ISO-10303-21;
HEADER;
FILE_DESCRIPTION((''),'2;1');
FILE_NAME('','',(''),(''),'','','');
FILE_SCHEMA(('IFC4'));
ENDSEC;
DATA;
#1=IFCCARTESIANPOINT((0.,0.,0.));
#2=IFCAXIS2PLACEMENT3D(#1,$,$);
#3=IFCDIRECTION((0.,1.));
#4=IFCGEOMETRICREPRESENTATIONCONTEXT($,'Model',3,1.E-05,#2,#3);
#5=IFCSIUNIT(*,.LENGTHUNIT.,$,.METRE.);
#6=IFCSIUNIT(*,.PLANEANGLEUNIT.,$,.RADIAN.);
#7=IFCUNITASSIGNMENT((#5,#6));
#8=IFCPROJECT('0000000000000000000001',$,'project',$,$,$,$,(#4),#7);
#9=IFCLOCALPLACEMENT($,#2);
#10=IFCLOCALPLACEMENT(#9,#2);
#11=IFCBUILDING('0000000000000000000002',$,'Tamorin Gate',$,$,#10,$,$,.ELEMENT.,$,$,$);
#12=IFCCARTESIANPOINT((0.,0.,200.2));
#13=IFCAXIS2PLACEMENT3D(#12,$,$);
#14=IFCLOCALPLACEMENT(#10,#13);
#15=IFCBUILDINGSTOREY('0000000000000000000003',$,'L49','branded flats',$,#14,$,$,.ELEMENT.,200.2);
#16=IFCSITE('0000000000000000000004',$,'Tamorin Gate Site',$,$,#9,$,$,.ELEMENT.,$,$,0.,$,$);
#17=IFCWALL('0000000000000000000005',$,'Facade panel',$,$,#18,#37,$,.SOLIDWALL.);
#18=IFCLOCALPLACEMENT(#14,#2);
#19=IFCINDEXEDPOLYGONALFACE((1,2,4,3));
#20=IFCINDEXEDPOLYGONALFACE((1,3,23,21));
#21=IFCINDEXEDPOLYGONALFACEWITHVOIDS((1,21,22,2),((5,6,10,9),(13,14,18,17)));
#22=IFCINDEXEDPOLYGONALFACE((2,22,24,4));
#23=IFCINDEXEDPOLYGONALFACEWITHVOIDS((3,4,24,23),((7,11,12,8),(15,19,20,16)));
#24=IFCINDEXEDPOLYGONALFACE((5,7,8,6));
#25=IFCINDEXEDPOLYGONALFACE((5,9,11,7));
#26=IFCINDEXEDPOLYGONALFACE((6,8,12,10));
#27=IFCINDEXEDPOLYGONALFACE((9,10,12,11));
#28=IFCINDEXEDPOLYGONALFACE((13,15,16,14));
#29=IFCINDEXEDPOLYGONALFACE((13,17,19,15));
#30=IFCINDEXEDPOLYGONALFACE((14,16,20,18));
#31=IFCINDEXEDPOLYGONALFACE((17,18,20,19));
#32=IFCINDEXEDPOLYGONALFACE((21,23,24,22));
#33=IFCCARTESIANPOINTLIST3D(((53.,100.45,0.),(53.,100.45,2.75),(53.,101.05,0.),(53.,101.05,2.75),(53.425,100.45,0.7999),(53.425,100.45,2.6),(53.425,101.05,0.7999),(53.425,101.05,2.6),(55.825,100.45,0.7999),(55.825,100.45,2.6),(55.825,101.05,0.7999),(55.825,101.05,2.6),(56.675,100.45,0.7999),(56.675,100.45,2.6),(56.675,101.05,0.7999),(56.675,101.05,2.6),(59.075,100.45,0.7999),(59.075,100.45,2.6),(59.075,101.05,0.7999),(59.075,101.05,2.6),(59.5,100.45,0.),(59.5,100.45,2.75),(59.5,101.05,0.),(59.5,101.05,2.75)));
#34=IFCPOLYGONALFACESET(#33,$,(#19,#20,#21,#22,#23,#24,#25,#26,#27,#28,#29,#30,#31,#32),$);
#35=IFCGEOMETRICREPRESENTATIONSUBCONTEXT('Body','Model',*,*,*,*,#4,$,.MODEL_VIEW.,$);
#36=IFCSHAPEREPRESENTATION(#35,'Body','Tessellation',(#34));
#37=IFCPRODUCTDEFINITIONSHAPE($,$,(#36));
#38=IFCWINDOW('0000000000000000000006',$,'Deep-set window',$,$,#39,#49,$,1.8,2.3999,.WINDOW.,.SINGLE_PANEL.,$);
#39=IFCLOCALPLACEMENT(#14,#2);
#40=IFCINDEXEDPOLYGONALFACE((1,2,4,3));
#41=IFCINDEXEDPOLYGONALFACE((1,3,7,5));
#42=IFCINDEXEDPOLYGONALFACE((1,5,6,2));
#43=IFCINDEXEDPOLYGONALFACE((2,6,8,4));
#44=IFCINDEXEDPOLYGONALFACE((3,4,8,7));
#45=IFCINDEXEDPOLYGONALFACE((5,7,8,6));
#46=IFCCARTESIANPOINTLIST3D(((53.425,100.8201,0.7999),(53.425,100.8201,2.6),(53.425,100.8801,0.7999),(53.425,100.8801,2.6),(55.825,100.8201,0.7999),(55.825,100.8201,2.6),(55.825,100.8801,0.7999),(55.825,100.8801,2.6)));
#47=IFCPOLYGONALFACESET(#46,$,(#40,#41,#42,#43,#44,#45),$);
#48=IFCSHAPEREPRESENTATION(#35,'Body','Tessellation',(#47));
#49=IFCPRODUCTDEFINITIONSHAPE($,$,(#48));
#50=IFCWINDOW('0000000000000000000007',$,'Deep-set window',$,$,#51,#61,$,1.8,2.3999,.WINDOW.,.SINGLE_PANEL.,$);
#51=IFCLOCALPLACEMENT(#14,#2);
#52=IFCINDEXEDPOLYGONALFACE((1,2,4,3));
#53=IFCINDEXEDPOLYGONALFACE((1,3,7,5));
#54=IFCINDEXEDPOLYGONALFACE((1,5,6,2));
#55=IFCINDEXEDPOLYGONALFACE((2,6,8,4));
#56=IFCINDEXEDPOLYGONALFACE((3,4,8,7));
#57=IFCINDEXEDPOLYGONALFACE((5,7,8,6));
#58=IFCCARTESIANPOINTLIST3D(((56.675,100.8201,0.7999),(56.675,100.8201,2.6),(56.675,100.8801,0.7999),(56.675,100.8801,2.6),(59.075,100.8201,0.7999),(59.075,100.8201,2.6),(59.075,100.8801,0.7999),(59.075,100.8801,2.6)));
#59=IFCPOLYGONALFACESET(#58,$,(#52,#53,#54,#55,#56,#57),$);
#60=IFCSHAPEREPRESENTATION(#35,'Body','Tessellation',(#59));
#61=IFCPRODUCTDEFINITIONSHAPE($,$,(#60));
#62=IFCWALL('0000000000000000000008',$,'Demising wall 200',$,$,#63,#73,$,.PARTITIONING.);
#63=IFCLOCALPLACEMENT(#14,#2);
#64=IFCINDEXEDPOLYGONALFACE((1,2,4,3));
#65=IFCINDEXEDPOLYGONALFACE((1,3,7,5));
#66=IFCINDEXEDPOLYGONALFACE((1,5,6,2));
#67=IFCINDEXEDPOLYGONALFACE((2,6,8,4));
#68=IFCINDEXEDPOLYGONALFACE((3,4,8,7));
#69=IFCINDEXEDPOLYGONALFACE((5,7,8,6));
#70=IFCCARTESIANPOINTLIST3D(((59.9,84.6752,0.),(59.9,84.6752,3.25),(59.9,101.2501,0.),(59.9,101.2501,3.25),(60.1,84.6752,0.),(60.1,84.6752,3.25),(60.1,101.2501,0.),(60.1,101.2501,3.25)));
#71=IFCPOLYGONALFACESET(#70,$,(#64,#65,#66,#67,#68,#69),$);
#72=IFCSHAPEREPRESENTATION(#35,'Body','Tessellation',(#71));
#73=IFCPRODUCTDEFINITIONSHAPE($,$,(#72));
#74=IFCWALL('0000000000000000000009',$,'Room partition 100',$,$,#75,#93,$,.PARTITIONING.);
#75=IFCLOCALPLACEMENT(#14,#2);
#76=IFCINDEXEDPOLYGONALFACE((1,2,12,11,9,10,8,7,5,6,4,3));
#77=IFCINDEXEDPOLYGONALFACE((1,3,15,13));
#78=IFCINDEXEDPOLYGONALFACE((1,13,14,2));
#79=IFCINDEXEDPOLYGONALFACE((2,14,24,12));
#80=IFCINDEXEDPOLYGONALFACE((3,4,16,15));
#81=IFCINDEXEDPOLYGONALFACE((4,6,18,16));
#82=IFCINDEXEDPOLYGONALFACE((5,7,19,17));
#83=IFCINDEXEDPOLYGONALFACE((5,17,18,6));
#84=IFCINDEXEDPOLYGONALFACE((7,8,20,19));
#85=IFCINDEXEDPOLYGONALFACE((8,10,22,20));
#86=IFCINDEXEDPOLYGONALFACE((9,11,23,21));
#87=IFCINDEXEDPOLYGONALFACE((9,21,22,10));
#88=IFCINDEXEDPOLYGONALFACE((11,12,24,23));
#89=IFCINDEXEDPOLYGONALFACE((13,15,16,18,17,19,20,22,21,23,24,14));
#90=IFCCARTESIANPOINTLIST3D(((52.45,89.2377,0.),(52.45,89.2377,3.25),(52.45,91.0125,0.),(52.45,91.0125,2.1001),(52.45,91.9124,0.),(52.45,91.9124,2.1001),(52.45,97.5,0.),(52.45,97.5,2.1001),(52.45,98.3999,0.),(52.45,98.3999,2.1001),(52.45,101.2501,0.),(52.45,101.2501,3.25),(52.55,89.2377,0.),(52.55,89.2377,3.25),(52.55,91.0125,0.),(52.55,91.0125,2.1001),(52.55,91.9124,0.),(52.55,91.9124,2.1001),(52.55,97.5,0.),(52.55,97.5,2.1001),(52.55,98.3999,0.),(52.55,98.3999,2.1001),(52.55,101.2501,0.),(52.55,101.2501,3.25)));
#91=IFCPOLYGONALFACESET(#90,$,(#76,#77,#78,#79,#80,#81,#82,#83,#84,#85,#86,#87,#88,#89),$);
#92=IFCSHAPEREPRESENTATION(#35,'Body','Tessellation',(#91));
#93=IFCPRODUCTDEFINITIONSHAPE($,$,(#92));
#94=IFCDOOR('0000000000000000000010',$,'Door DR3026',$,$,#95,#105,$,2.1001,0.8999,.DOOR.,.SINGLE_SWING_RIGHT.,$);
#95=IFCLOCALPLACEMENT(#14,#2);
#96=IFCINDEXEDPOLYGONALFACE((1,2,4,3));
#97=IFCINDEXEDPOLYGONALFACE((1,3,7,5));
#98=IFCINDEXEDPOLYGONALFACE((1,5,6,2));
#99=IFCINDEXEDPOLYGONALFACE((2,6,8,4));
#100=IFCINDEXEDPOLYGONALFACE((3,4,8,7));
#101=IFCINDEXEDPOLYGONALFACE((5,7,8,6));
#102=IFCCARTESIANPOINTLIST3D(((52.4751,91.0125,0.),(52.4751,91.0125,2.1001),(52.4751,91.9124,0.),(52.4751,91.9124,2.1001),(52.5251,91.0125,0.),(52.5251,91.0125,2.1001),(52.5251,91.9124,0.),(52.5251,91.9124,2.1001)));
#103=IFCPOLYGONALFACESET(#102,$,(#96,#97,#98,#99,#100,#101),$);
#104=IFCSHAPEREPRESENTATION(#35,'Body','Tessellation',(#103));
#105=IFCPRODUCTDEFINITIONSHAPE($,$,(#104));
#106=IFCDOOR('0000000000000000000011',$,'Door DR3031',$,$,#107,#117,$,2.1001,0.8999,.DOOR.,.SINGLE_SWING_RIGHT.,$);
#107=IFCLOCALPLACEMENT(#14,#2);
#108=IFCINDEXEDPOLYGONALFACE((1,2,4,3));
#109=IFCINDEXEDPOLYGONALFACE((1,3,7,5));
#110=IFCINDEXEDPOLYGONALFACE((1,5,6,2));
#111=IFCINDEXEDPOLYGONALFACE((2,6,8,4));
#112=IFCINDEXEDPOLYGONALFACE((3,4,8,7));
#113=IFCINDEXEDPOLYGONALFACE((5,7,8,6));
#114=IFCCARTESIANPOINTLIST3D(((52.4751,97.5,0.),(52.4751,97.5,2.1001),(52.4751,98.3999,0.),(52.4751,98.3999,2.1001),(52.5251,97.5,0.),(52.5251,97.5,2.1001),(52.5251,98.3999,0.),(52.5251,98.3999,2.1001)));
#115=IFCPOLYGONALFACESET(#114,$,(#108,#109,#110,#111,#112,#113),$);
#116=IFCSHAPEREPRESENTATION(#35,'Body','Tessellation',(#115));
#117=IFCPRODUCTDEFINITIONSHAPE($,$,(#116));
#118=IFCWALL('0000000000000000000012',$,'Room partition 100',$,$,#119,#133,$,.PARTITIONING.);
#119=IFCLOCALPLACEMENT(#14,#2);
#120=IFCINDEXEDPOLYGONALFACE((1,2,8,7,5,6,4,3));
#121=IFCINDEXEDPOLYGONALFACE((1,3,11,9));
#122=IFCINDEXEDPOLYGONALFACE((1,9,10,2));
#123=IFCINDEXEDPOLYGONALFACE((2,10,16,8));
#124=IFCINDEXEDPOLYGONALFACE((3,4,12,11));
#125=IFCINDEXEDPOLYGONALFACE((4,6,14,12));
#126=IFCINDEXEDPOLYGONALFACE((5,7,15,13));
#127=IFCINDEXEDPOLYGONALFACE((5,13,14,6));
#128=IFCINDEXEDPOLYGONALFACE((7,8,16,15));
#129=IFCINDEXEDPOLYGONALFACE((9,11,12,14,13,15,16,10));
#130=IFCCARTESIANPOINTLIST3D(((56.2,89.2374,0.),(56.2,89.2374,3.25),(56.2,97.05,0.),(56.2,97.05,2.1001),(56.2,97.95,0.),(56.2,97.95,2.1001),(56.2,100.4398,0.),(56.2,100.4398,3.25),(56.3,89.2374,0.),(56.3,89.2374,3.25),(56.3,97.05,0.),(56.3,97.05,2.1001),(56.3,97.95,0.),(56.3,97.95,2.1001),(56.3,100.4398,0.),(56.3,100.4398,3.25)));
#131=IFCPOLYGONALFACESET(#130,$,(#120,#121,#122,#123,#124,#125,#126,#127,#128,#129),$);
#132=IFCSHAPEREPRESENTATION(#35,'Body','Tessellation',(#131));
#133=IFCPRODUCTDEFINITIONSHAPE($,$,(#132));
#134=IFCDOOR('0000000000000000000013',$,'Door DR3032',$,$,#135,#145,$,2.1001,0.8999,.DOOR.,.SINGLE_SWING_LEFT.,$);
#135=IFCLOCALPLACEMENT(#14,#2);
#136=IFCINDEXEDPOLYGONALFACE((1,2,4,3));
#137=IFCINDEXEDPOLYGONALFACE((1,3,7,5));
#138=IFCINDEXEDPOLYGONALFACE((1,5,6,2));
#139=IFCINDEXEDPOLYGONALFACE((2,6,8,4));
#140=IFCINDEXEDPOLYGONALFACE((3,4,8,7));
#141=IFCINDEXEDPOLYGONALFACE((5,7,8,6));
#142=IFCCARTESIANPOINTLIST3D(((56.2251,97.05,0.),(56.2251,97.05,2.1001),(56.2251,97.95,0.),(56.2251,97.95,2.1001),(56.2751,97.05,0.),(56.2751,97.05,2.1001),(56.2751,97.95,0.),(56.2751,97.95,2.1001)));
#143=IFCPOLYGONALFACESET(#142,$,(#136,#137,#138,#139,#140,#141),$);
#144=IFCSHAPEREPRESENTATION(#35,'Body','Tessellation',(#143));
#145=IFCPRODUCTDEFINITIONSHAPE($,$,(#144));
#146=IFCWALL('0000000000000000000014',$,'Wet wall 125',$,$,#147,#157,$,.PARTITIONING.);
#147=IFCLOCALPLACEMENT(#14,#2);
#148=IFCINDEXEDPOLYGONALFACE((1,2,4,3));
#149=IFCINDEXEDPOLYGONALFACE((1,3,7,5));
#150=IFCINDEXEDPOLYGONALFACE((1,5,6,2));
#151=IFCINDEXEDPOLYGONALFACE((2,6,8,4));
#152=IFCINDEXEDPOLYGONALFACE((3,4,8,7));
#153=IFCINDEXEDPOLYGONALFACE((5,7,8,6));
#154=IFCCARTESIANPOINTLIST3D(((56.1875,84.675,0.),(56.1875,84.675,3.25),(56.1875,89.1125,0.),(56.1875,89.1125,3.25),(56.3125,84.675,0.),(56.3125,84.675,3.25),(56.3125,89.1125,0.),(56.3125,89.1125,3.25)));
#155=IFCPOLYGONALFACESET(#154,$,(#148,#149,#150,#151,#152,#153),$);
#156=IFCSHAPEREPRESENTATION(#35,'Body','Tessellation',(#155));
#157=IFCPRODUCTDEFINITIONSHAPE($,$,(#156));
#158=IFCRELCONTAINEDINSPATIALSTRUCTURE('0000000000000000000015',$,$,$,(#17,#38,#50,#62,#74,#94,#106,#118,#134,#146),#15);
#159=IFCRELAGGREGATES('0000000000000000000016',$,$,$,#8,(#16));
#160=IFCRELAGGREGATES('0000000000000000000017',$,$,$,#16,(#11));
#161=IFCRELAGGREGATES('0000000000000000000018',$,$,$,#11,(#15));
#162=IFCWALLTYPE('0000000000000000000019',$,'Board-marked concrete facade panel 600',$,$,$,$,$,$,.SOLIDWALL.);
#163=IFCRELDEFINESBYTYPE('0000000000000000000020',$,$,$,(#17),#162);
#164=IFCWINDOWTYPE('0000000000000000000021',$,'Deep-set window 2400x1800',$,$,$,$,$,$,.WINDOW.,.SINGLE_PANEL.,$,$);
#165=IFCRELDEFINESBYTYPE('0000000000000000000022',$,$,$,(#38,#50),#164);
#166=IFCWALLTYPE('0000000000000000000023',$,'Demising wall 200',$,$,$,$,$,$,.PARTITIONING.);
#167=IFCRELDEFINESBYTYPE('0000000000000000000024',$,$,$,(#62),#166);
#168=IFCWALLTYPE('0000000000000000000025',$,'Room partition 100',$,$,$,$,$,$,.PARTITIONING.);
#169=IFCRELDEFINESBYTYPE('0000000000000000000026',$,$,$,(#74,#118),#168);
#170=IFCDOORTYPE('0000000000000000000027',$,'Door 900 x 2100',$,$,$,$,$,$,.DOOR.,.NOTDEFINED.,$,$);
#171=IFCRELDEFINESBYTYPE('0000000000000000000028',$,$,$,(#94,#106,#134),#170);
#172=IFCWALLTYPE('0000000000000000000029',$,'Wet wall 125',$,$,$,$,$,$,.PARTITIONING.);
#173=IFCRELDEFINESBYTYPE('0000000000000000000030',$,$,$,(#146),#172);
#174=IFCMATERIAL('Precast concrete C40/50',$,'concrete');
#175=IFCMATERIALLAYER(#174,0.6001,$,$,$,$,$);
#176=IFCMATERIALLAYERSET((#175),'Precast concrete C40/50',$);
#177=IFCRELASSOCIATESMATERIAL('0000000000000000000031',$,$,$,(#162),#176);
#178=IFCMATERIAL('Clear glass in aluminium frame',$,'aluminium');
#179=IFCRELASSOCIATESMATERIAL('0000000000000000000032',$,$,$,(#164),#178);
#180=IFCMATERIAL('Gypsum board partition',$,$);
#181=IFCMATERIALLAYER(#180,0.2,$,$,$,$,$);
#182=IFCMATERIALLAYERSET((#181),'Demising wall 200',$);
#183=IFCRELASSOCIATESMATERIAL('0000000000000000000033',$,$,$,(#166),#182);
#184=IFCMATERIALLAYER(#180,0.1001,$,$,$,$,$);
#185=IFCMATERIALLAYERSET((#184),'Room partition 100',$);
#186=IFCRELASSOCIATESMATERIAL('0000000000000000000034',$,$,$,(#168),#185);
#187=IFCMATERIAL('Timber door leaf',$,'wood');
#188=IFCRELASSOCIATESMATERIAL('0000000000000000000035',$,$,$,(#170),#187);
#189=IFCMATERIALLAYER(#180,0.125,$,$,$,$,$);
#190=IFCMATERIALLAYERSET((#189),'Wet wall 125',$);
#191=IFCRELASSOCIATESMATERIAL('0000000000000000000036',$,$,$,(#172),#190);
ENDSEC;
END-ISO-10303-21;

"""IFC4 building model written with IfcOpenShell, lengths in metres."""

from ifc_helpers import new_model, si_unit, direction, frame, frame_2d, origin, place, context, subcontext, project, spatial, rectangle, extrude, material, layer, layer_set, type_object, element, fill, save


model = new_model("IFC4")

# Units and contexts
model_context = context("Model", 3, precision=1e-05, world=origin(), true_north=direction((0.0, 1.0)))
body_context = subcontext(model_context, "Body", "Model", "MODEL_VIEW")
ifc_project = project(units=[si_unit("LENGTHUNIT", "METRE"), si_unit("PLANEANGLEUNIT", "RADIAN")], contexts=[model_context])

# Site, building, storey
site_placement = place(None, origin())
site = spatial("IfcSite", under=ifc_project, at=site_placement, Name="Tamorin Gate Site", CompositionType="ELEMENT", RefElevation=0.0)
building_placement = place(site_placement, origin())
building = spatial("IfcBuilding", under=site, at=building_placement, Name="Tamorin Gate", CompositionType="ELEMENT")
storey_placement = place(building_placement, frame((0.0, 0.0, 200.2)))
storey = spatial("IfcBuildingStorey", under=building, at=storey_placement, Name="L49", Description="branded flats", CompositionType="ELEMENT", Elevation=200.2)

# Wall, openings, windows
ifc_material_1 = material(Name="Precast concrete C40/50", Category="concrete")
ifc_layer_1 = layer(ifc_material_1, 0.6001)
ifc_layer_set_1 = layer_set([ifc_layer_1], Name="Precast concrete C40/50")
wall_type_1 = type_object("IfcWallType", Name="Board-marked concrete facade panel 600", PredefinedType="SOLIDWALL", material=ifc_layer_set_1)
ifc_material_2 = material(Name="Clear glass in aluminium frame", Category="aluminium")
window_type = type_object("IfcWindowType", Name="Deep-set window 2400x1800", PartitioningType="SINGLE_PANEL", PredefinedType="WINDOW", material=ifc_material_2)
wall_1_placement = place(storey_placement, frame((59.5, 100.75, 0.0), z_axis=(0.0, 0.0, 1.0), x_axis=(-1.0, 0.0, 0.0)))
wall_1 = element("IfcWall", 1, at=wall_1_placement, inside=storey, type_object=wall_type_1, Name="Facade panel", PredefinedType="SOLIDWALL", context=body_context, shape_type="SweptSolid", body=[
    extrude(rectangle(XDim=6.5, YDim=0.6001, at=frame_2d((3.25, 0.0))), origin(), (0.0, 0.0, 1.0), 2.75),
])
opening_1_placement = place(wall_1_placement, frame((3.675, 0.0, 0.8)))
opening_1 = element("IfcOpeningElement", 2, at=opening_1_placement, cuts=wall_1, PredefinedType="OPENING", context=body_context, shape_type="SweptSolid", body=[
    extrude(rectangle(XDim=2.3999, YDim=1.8, at=frame_2d((1.2, 0.8999))), frame((0.0, 0.3101, 0.0), z_axis=(0.0, -1.0, 0.0), x_axis=(1.0, 0.0, 0.0)), (0.0, 0.0, 1.0), 0.6201),
])
opening_2_placement = place(wall_1_placement, frame((0.425, 0.0, 0.8)))
opening_2 = element("IfcOpeningElement", 3, at=opening_2_placement, cuts=wall_1, PredefinedType="OPENING", context=body_context, shape_type="SweptSolid", body=[
    extrude(rectangle(XDim=2.3999, YDim=1.8, at=frame_2d((1.2, 0.8999))), frame((0.0, 0.3101, 0.0), z_axis=(0.0, -1.0, 0.0), x_axis=(1.0, 0.0, 0.0)), (0.0, 0.0, 1.0), 0.6201),
])
window_1_placement = place(opening_1_placement, origin())
window_1 = element("IfcWindow", 4, at=window_1_placement, inside=storey, type_object=window_type, Name="Deep-set window", OverallHeight=1.8, OverallWidth=2.3999, PartitioningType="SINGLE_PANEL", PredefinedType="WINDOW", context=body_context, shape_type="SweptSolid", body=[
    extrude(rectangle(XDim=2.3999, YDim=1.8, at=frame_2d((1.2, 0.8999))), frame((0.0, -0.0701, 0.0), z_axis=(0.0, -1.0, 0.0), x_axis=(1.0, 0.0, 0.0)), (0.0, 0.0, 1.0), 0.0601),
])
fill(opening_1, window_1)
window_2_placement = place(opening_2_placement, origin())
window_2 = element("IfcWindow", 5, at=window_2_placement, inside=storey, type_object=window_type, Name="Deep-set window", OverallHeight=1.8, OverallWidth=2.3999, PartitioningType="SINGLE_PANEL", PredefinedType="WINDOW", context=body_context, shape_type="SweptSolid", body=[
    extrude(rectangle(XDim=2.3999, YDim=1.8, at=frame_2d((1.2, 0.8999))), frame((0.0, -0.0701, 0.0), z_axis=(0.0, -1.0, 0.0), x_axis=(1.0, 0.0, 0.0)), (0.0, 0.0, 1.0), 0.0601),
])
fill(opening_2, window_2)

# Wall
ifc_material_3 = material(Name="Gypsum board partition")
ifc_layer_2 = layer(ifc_material_3, 0.2)
ifc_layer_set_2 = layer_set([ifc_layer_2], Name="Demising wall 200")
wall_type_2 = type_object("IfcWallType", Name="Demising wall 200", PredefinedType="PARTITIONING", material=ifc_layer_set_2)
wall_2_placement = place(storey_placement, frame((60.0, 84.675, 0.0), z_axis=(0.0, 0.0, 1.0), x_axis=(0.0, 1.0, 0.0)))
element("IfcWall", 6, at=wall_2_placement, inside=storey, type_object=wall_type_2, Name="Demising wall 200", PredefinedType="PARTITIONING", context=body_context, shape_type="SweptSolid", body=[
    extrude(rectangle(XDim=16.575, YDim=0.2, at=frame_2d((8.2876, 0.0))), origin(), (0.0, 0.0, 1.0), 3.25),
])

# Wall, openings, doors
ifc_layer_3 = layer(ifc_material_3, 0.1001)
ifc_layer_set_3 = layer_set([ifc_layer_3], Name="Room partition 100")
wall_type_3 = type_object("IfcWallType", Name="Room partition 100", PredefinedType="PARTITIONING", material=ifc_layer_set_3)
wall_3_placement = place(storey_placement, frame((52.5, 89.2375, 0.0), z_axis=(0.0, 0.0, 1.0), x_axis=(0.0, 1.0, 0.0)))
wall_3 = element("IfcWall", 7, at=wall_3_placement, inside=storey, type_object=wall_type_3, Name="Room partition 100", PredefinedType="PARTITIONING", context=body_context, shape_type="SweptSolid", body=[
    extrude(rectangle(XDim=12.0125, YDim=0.1001, at=frame_2d((6.0063, 0.0))), origin(), (0.0, 0.0, 1.0), 3.25),
])
opening_3_placement = place(wall_3_placement, frame((1.7749, 0.0, 0.0)))
opening_3 = element("IfcOpeningElement", 8, at=opening_3_placement, cuts=wall_3, PredefinedType="OPENING", context=body_context, shape_type="SweptSolid", body=[
    extrude(rectangle(XDim=0.8999, YDim=2.1001, at=frame_2d((0.45, 1.05))), frame((0.0, 0.0601, 0.0), z_axis=(0.0, -1.0, 0.0), x_axis=(1.0, 0.0, 0.0)), (0.0, 0.0, 1.0), 0.1201),
])
opening_4_placement = place(wall_3_placement, frame((8.2625, 0.0, 0.0)))
opening_4 = element("IfcOpeningElement", 9, at=opening_4_placement, cuts=wall_3, PredefinedType="OPENING", context=body_context, shape_type="SweptSolid", body=[
    extrude(rectangle(XDim=0.8999, YDim=2.1001, at=frame_2d((0.45, 1.05))), frame((0.0, 0.0601, 0.0), z_axis=(0.0, -1.0, 0.0), x_axis=(1.0, 0.0, 0.0)), (0.0, 0.0, 1.0), 0.1201),
])
ifc_material_4 = material(Name="Timber door leaf", Category="wood")
door_type = type_object("IfcDoorType", Name="Door 900 x 2100", OperationType="NOTDEFINED", PredefinedType="DOOR", material=ifc_material_4)
door_1_placement = place(opening_3_placement, origin())
door_1 = element("IfcDoor", 10, at=door_1_placement, inside=storey, type_object=door_type, Name="Door DR3026", OperationType="SINGLE_SWING_RIGHT", OverallHeight=2.1001, OverallWidth=0.8999, PredefinedType="DOOR", context=body_context, shape_type="SweptSolid", body=[
    extrude(rectangle(XDim=0.8999, YDim=2.1001, at=frame_2d((0.45, 1.05))), frame((0.0, 0.0249, 0.0), z_axis=(0.0, -1.0, 0.0), x_axis=(1.0, 0.0, 0.0)), (0.0, 0.0, 1.0), 0.05),
])
fill(opening_3, door_1)
door_2_placement = place(opening_4_placement, origin())
door_2 = element("IfcDoor", 11, at=door_2_placement, inside=storey, type_object=door_type, Name="Door DR3031", OperationType="SINGLE_SWING_RIGHT", OverallHeight=2.1001, OverallWidth=0.8999, PredefinedType="DOOR", context=body_context, shape_type="SweptSolid", body=[
    extrude(rectangle(XDim=0.8999, YDim=2.1001, at=frame_2d((0.45, 1.05))), frame((0.0, 0.0249, 0.0), z_axis=(0.0, -1.0, 0.0), x_axis=(1.0, 0.0, 0.0)), (0.0, 0.0, 1.0), 0.05),
])
fill(opening_4, door_2)

# Wall, opening, door
wall_4_placement = place(storey_placement, frame((56.25, 89.2375, 0.0), z_axis=(0.0, 0.0, 1.0), x_axis=(0.0, 1.0, 0.0)))
wall_4 = element("IfcWall", 12, at=wall_4_placement, inside=storey, type_object=wall_type_3, Name="Room partition 100", PredefinedType="PARTITIONING", context=body_context, shape_type="SweptSolid", body=[
    extrude(rectangle(XDim=11.2024, YDim=0.1001, at=frame_2d((5.6011, 0.0))), origin(), (0.0, 0.0, 1.0), 3.25),
])
opening_5_placement = place(wall_4_placement, frame((7.8125, 0.0, 0.0)))
opening_5 = element("IfcOpeningElement", 13, at=opening_5_placement, cuts=wall_4, PredefinedType="OPENING", context=body_context, shape_type="SweptSolid", body=[
    extrude(rectangle(XDim=0.8999, YDim=2.1001, at=frame_2d((0.45, 1.05))), frame((0.0, 0.0601, 0.0), z_axis=(0.0, -1.0, 0.0), x_axis=(1.0, 0.0, 0.0)), (0.0, 0.0, 1.0), 0.1201),
])
door_3_placement = place(opening_5_placement, origin())
door_3 = element("IfcDoor", 14, at=door_3_placement, inside=storey, type_object=door_type, Name="Door DR3032", OperationType="SINGLE_SWING_LEFT", OverallHeight=2.1001, OverallWidth=0.8999, PredefinedType="DOOR", context=body_context, shape_type="SweptSolid", body=[
    extrude(rectangle(XDim=0.8999, YDim=2.1001, at=frame_2d((0.45, 1.05))), frame((0.0, 0.0249, 0.0), z_axis=(0.0, -1.0, 0.0), x_axis=(1.0, 0.0, 0.0)), (0.0, 0.0, 1.0), 0.05),
])
fill(opening_5, door_3)

# Wall
ifc_layer_4 = layer(ifc_material_3, 0.125)
ifc_layer_set_4 = layer_set([ifc_layer_4], Name="Wet wall 125")
wall_type_4 = type_object("IfcWallType", Name="Wet wall 125", PredefinedType="PARTITIONING", material=ifc_layer_set_4)
wall_5_placement = place(storey_placement, frame((56.25, 84.675, 0.0), z_axis=(0.0, 0.0, 1.0), x_axis=(0.0, 1.0, 0.0)))
element("IfcWall", 15, at=wall_5_placement, inside=storey, type_object=wall_type_4, Name="Wet wall 125", PredefinedType="PARTITIONING", context=body_context, shape_type="SweptSolid", body=[
    extrude(rectangle(XDim=4.4375, YDim=0.125, at=frame_2d((2.2188, 0.0))), origin(), (0.0, 0.0, 1.0), 3.25),
])

save(model, "model.ifc")
